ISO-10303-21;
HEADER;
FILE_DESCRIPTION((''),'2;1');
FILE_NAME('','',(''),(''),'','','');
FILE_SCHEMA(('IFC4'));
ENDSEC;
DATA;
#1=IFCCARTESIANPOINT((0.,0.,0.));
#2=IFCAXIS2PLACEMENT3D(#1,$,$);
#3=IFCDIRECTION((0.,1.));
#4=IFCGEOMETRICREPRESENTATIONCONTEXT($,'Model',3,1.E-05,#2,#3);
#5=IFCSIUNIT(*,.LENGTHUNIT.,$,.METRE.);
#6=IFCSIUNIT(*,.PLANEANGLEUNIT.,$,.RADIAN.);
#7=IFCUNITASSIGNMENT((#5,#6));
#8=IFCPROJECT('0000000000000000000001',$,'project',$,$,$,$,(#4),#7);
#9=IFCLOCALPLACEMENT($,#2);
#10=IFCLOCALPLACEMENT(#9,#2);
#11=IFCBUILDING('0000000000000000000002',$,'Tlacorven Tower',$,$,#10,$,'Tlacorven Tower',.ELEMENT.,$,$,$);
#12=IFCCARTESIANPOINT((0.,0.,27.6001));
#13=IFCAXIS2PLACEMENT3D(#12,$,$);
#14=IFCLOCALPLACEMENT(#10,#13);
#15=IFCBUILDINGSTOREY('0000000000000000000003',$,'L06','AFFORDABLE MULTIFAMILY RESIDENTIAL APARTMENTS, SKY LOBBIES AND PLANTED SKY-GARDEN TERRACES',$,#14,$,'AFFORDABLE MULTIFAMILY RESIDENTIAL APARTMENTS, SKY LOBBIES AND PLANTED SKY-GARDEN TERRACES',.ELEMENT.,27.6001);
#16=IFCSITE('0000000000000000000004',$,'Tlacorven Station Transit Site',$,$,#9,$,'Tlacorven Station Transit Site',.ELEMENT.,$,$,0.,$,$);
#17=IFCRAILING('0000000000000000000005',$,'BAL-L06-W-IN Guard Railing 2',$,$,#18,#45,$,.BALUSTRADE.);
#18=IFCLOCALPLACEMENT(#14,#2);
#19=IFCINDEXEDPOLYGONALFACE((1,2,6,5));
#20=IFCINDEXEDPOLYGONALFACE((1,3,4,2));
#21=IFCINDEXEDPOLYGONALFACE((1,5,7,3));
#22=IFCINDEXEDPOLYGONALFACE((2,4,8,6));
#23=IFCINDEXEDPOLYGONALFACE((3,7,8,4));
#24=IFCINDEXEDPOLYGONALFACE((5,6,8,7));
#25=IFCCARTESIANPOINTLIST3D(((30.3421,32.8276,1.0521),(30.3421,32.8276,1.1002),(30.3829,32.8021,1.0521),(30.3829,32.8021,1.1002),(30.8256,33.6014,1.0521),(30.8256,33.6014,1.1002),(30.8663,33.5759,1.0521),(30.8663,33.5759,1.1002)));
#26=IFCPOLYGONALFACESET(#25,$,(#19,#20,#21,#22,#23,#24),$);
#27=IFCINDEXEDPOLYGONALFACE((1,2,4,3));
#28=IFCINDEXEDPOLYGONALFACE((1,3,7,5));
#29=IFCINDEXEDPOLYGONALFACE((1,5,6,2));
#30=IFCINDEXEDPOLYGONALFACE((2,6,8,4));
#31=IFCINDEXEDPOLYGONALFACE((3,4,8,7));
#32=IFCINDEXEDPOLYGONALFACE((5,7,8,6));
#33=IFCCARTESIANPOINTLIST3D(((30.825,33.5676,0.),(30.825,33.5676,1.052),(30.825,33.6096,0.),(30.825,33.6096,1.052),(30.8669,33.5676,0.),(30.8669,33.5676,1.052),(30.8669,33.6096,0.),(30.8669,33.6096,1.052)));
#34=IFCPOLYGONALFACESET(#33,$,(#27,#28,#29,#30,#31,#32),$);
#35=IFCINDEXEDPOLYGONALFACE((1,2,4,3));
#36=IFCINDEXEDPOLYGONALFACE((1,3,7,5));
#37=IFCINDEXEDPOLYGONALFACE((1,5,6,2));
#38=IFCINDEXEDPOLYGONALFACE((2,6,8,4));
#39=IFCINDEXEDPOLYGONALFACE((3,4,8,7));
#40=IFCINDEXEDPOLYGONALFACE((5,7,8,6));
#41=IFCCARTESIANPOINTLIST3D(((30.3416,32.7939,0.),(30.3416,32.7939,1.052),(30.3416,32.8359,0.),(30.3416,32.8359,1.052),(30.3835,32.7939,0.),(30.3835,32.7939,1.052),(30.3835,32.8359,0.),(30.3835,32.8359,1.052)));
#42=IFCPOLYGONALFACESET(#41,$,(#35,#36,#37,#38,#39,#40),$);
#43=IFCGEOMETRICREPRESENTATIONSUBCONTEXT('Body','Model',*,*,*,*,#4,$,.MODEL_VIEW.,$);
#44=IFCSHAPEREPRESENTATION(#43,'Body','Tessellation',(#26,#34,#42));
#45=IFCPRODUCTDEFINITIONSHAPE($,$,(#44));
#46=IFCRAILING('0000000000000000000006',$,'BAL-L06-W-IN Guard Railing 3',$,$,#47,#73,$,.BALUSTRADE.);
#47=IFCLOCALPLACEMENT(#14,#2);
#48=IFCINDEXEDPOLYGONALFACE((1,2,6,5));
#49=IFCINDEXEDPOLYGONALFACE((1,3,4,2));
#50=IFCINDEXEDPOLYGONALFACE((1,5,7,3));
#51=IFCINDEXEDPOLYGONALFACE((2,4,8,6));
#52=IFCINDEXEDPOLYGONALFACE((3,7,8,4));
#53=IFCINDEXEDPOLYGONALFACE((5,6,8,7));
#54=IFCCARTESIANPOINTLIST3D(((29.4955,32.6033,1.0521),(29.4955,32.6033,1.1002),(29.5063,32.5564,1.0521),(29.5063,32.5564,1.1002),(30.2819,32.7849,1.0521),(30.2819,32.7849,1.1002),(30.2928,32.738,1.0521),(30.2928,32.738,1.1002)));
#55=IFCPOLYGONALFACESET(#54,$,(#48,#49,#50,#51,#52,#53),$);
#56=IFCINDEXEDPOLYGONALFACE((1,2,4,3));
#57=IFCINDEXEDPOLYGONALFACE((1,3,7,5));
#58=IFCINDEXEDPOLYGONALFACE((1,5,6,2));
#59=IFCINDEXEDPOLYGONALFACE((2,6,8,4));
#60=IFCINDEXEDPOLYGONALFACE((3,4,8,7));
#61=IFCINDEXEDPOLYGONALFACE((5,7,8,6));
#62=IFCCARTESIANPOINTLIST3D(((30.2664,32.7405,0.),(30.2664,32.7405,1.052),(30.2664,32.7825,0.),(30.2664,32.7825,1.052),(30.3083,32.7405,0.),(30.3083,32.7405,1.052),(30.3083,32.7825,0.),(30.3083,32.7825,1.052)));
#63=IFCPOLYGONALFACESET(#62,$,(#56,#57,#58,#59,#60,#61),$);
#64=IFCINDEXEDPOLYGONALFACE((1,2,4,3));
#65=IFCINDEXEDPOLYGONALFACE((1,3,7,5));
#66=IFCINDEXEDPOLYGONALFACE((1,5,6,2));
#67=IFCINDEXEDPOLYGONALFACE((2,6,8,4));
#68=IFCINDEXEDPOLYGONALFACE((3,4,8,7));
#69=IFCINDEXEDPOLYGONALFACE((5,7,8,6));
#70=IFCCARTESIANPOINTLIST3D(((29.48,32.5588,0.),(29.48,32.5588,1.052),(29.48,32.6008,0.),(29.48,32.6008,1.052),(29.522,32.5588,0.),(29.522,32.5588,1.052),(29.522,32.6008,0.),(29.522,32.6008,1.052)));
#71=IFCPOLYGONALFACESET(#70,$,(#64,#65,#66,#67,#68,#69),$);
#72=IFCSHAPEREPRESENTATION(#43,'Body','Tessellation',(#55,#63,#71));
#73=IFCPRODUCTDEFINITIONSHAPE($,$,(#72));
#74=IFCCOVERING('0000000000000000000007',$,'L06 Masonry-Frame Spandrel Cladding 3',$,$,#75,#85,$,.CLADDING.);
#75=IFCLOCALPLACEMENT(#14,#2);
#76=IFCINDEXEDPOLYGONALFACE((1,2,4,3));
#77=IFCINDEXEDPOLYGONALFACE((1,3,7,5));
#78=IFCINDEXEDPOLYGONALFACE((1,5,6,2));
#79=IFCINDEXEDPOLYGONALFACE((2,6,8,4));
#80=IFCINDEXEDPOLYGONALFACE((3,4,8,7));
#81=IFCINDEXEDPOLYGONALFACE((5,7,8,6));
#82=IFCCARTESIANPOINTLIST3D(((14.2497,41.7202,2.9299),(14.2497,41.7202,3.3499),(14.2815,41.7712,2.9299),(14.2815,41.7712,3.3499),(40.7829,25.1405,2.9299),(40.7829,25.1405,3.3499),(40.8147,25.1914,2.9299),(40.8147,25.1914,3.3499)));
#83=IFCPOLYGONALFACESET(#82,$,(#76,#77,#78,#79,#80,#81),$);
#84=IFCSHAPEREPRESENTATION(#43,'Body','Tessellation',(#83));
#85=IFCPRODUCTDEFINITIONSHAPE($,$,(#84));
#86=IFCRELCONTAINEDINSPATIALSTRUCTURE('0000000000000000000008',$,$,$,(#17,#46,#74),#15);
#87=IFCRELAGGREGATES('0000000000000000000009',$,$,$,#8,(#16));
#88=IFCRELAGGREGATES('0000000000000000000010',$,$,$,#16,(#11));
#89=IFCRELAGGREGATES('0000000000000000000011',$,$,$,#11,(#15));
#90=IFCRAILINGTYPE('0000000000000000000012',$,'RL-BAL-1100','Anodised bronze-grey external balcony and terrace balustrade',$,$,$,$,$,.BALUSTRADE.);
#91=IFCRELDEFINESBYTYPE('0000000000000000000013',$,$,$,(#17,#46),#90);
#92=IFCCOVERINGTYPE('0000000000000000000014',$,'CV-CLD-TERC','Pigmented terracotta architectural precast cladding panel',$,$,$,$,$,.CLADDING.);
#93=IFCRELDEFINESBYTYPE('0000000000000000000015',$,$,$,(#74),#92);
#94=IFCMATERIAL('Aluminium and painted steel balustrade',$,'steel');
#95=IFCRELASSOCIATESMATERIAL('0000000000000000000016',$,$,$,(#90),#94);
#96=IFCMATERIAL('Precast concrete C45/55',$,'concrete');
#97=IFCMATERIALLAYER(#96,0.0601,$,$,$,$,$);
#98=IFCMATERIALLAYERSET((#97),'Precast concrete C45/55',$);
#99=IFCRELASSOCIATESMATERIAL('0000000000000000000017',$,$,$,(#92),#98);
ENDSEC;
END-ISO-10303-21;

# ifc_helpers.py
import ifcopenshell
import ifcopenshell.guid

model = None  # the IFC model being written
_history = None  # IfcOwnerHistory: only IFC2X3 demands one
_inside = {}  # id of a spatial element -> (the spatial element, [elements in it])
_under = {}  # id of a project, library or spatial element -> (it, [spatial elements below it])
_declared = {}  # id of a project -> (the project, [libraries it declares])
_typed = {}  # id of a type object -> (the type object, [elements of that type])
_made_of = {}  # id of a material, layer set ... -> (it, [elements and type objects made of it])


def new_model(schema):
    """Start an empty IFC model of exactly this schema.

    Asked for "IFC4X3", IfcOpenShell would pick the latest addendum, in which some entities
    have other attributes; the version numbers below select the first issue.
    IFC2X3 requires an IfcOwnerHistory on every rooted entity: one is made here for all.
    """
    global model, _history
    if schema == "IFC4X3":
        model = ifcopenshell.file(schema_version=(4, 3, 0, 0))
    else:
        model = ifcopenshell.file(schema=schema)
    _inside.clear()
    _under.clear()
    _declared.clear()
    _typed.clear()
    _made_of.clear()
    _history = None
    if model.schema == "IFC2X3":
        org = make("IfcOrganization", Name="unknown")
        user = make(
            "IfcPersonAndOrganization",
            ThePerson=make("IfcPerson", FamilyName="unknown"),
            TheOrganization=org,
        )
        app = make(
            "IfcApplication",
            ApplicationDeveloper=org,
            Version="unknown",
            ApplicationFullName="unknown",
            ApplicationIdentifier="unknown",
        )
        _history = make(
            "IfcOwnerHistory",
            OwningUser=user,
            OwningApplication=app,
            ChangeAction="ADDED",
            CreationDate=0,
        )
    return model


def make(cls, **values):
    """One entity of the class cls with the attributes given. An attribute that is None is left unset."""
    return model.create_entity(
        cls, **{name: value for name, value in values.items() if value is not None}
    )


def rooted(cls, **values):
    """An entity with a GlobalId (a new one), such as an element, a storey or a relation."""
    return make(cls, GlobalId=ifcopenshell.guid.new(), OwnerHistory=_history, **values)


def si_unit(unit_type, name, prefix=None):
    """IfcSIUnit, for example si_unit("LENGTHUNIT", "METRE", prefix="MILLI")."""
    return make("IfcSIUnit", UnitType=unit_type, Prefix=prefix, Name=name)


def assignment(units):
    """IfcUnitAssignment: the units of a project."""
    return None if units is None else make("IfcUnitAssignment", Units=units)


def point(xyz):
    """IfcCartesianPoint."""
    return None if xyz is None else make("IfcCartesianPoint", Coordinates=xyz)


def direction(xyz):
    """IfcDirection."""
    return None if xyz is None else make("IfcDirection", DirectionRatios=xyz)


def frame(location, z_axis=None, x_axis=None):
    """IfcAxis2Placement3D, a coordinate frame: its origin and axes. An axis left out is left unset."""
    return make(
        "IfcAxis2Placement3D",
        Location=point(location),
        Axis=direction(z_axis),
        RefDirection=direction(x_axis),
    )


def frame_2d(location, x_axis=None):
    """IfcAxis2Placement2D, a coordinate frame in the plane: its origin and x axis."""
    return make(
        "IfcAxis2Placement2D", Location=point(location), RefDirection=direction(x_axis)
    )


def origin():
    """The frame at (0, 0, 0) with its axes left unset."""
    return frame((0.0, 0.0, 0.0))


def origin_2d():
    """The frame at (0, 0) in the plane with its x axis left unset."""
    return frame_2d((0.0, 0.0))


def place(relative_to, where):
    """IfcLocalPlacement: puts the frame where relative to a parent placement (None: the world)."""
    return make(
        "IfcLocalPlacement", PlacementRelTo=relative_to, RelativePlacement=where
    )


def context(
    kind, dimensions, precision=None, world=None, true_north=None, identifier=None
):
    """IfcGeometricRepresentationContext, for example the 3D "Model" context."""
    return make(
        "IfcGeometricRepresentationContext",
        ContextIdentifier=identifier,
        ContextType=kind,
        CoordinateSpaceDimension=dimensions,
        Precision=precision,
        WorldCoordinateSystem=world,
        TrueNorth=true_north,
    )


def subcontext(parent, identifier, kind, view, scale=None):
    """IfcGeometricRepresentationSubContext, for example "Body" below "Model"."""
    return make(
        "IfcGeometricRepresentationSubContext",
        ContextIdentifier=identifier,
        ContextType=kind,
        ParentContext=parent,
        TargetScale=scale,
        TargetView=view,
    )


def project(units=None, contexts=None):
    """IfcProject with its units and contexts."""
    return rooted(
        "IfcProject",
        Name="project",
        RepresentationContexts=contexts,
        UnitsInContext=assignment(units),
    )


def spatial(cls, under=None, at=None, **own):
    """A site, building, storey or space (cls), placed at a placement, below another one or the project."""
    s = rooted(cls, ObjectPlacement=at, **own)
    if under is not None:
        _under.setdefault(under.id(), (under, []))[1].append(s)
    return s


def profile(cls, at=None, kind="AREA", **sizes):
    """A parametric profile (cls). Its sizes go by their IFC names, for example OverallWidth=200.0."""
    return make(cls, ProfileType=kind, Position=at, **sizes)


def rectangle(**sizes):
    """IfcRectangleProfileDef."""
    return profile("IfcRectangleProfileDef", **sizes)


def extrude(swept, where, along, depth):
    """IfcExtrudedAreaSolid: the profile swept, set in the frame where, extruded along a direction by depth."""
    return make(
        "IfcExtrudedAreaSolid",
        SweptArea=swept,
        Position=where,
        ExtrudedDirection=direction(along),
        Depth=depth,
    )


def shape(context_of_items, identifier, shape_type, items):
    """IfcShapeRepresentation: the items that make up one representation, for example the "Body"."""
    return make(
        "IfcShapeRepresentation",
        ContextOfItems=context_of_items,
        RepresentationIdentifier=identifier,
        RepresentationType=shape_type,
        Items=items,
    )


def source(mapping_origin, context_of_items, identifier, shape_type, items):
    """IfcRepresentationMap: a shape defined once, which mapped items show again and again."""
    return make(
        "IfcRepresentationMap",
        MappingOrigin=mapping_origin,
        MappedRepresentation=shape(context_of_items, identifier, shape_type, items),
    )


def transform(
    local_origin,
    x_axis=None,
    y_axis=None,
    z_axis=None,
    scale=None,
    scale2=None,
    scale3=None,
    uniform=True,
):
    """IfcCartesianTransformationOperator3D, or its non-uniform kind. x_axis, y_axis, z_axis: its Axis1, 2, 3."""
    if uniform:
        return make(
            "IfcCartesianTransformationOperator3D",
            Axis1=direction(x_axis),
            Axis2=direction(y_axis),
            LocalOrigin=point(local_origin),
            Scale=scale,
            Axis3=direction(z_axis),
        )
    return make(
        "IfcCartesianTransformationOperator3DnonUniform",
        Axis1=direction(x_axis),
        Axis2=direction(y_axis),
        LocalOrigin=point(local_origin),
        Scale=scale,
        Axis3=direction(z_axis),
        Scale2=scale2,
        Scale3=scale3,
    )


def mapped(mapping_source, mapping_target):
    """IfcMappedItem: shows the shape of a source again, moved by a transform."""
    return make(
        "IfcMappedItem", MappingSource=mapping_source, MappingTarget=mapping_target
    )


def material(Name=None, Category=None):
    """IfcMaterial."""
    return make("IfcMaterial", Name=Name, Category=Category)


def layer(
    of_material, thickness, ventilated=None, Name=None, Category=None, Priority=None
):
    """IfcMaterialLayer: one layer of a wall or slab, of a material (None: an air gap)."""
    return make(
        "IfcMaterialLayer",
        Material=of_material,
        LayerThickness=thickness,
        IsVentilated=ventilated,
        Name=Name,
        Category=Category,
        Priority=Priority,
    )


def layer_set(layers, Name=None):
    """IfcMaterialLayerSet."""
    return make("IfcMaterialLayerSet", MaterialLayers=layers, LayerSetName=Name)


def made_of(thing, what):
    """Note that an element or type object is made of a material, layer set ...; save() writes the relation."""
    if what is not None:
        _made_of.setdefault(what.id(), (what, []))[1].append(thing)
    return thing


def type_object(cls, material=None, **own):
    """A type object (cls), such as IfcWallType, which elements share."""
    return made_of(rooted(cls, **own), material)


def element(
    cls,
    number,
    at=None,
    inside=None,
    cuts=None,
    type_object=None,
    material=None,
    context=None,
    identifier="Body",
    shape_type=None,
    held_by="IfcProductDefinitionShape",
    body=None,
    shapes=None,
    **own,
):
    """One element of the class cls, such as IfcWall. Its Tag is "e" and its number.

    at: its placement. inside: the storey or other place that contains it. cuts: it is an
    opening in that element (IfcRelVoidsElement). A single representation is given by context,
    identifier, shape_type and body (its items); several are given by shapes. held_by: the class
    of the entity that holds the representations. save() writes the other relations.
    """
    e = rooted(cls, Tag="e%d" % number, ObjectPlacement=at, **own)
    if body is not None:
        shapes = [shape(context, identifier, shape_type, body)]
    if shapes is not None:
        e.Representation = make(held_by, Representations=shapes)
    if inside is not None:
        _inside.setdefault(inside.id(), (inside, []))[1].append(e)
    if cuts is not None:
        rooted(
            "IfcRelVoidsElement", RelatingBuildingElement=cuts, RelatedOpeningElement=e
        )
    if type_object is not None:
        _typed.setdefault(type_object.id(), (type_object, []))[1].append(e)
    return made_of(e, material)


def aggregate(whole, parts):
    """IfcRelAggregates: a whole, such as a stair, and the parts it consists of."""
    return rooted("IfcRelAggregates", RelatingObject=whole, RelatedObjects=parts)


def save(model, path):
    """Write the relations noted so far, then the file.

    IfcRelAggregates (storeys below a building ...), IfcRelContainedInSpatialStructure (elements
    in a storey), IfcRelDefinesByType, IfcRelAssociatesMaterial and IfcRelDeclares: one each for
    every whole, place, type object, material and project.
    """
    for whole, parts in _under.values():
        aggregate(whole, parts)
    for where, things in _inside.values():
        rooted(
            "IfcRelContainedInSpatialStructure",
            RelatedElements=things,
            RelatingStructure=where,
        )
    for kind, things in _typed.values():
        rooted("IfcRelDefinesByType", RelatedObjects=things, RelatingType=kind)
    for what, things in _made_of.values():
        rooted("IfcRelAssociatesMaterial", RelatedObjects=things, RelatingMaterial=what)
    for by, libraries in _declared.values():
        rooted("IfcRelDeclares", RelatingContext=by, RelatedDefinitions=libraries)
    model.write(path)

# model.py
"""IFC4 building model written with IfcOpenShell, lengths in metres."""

from ifc_helpers import new_model, si_unit, direction, frame, origin, origin_2d, place, context, subcontext, project, spatial, rectangle, extrude, source, transform, mapped, material, layer, layer_set, type_object, element, save


model = new_model("IFC4")

# Units and contexts
model_context = context("Model", 3, precision=1e-05, world=origin(), true_north=direction((0.0, 1.0)))
body_context = subcontext(model_context, "Body", "Model", "MODEL_VIEW")
ifc_project = project(units=[si_unit("LENGTHUNIT", "METRE"), si_unit("PLANEANGLEUNIT", "RADIAN")], contexts=[model_context])

# Site, building, storey
site_placement = place(None, origin())
site = spatial("IfcSite", under=ifc_project, at=site_placement, Name="Tlacorven Station Transit Site", LongName="Tlacorven Station Transit Site", CompositionType="ELEMENT", RefElevation=0.0)
building_placement = place(site_placement, origin())
building = spatial("IfcBuilding", under=site, at=building_placement, Name="Tlacorven Tower", LongName="Tlacorven Tower", CompositionType="ELEMENT")
storey_placement = place(building_placement, frame((0.0, 0.0, 27.6001)))
storey = spatial("IfcBuildingStorey", under=building, at=storey_placement, Name="L06", Description="AFFORDABLE MULTIFAMILY RESIDENTIAL APARTMENTS, SKY LOBBIES AND PLANTED SKY-GARDEN TERRACES", LongName="AFFORDABLE MULTIFAMILY RESIDENTIAL APARTMENTS, SKY LOBBIES AND PLANTED SKY-GARDEN TERRACES", CompositionType="ELEMENT", Elevation=27.6001)

# Railings
ifc_material_1 = material(Name="Aluminium and painted steel balustrade", Category="steel")
railing_type = type_object("IfcRailingType", Name="RL-BAL-1100", Description="Anodised bronze-grey external balcony and terrace balustrade", PredefinedType="BALUSTRADE", material=ifc_material_1)
shared_shape_1 = source(origin(), body_context, "Body", "SweptSolid", [
    extrude(rectangle(XDim=0.0481, YDim=0.0481, at=origin_2d()), frame((0.0, 0.0, 1.0762), z_axis=(-0.529879, -0.848073, 0.0), x_axis=(0.848073, -0.529879, 0.0)), (0.0, 0.0, 1.0), 0.9124),
    extrude(rectangle(XDim=0.042, YDim=0.042, at=origin_2d()), origin(), (0.0, 0.0, 1.0), 1.052),
    extrude(rectangle(XDim=0.042, YDim=0.042, at=origin_2d()), frame((-0.4834, -0.7737, 0.0)), (0.0, 0.0, 1.0), 1.052),
])
railing_1_placement = place(storey_placement, frame((30.8459, 33.5886, 0.0)))
element("IfcRailing", 1, at=railing_1_placement, inside=storey, type_object=railing_type, Name="BAL-L06-W-IN Guard Railing 2", PredefinedType="BALUSTRADE", context=body_context, shape_type="MappedRepresentation", body=[
    mapped(shared_shape_1, transform((0.0, 0.0, 0.0), scale=1.0)),
])
shared_shape_2 = source(origin(), body_context, "Body", "SweptSolid", [
    extrude(rectangle(XDim=0.0481, YDim=0.0481, at=origin_2d()), frame((0.0, 0.0, 1.0762), z_axis=(-0.974345, -0.225058, 0.0), x_axis=(0.225058, -0.974345, 0.0)), (0.0, 0.0, 1.0), 0.8071),
    extrude(rectangle(XDim=0.042, YDim=0.042, at=origin_2d()), origin(), (0.0, 0.0, 1.0), 1.052),
    extrude(rectangle(XDim=0.042, YDim=0.042, at=origin_2d()), frame((-0.7864, -0.1816, 0.0)), (0.0, 0.0, 1.0), 1.052),
])
railing_2_placement = place(storey_placement, frame((30.2874, 32.7615, 0.0)))
element("IfcRailing", 2, at=railing_2_placement, inside=storey, type_object=railing_type, Name="BAL-L06-W-IN Guard Railing 3", PredefinedType="BALUSTRADE", context=body_context, shape_type="MappedRepresentation", body=[
    mapped(shared_shape_2, transform((0.0, 0.0, 0.0), scale=1.0)),
])

# Covering
ifc_material_2 = material(Name="Precast concrete C45/55", Category="concrete")
ifc_layer_1 = layer(ifc_material_2, 0.0601)
ifc_layer_set_1 = layer_set([ifc_layer_1], Name="Precast concrete C45/55")
covering_type = type_object("IfcCoveringType", Name="CV-CLD-TERC", Description="Pigmented terracotta architectural precast cladding panel", PredefinedType="CLADDING", material=ifc_layer_set_1)
shared_shape_3 = source(origin(), body_context, "Body", "SweptSolid", [
    extrude(rectangle(XDim=31.2874, YDim=0.0601, at=origin_2d()), origin(), (0.0, 0.0, 1.0), 0.4199),
])
covering_placement = place(storey_placement, frame((27.5322, 33.4558, 2.9299), z_axis=(0.0, 0.0, 1.0), x_axis=(0.848048, -0.529919, 0.0)))
element("IfcCovering", 3, at=covering_placement, inside=storey, type_object=covering_type, Name="L06 Masonry-Frame Spandrel Cladding 3", PredefinedType="CLADDING", context=body_context, shape_type="MappedRepresentation", body=[
    mapped(shared_shape_3, transform((0.0, 0.0, 0.0), scale=1.0)),
])

save(model, "model.ifc")
